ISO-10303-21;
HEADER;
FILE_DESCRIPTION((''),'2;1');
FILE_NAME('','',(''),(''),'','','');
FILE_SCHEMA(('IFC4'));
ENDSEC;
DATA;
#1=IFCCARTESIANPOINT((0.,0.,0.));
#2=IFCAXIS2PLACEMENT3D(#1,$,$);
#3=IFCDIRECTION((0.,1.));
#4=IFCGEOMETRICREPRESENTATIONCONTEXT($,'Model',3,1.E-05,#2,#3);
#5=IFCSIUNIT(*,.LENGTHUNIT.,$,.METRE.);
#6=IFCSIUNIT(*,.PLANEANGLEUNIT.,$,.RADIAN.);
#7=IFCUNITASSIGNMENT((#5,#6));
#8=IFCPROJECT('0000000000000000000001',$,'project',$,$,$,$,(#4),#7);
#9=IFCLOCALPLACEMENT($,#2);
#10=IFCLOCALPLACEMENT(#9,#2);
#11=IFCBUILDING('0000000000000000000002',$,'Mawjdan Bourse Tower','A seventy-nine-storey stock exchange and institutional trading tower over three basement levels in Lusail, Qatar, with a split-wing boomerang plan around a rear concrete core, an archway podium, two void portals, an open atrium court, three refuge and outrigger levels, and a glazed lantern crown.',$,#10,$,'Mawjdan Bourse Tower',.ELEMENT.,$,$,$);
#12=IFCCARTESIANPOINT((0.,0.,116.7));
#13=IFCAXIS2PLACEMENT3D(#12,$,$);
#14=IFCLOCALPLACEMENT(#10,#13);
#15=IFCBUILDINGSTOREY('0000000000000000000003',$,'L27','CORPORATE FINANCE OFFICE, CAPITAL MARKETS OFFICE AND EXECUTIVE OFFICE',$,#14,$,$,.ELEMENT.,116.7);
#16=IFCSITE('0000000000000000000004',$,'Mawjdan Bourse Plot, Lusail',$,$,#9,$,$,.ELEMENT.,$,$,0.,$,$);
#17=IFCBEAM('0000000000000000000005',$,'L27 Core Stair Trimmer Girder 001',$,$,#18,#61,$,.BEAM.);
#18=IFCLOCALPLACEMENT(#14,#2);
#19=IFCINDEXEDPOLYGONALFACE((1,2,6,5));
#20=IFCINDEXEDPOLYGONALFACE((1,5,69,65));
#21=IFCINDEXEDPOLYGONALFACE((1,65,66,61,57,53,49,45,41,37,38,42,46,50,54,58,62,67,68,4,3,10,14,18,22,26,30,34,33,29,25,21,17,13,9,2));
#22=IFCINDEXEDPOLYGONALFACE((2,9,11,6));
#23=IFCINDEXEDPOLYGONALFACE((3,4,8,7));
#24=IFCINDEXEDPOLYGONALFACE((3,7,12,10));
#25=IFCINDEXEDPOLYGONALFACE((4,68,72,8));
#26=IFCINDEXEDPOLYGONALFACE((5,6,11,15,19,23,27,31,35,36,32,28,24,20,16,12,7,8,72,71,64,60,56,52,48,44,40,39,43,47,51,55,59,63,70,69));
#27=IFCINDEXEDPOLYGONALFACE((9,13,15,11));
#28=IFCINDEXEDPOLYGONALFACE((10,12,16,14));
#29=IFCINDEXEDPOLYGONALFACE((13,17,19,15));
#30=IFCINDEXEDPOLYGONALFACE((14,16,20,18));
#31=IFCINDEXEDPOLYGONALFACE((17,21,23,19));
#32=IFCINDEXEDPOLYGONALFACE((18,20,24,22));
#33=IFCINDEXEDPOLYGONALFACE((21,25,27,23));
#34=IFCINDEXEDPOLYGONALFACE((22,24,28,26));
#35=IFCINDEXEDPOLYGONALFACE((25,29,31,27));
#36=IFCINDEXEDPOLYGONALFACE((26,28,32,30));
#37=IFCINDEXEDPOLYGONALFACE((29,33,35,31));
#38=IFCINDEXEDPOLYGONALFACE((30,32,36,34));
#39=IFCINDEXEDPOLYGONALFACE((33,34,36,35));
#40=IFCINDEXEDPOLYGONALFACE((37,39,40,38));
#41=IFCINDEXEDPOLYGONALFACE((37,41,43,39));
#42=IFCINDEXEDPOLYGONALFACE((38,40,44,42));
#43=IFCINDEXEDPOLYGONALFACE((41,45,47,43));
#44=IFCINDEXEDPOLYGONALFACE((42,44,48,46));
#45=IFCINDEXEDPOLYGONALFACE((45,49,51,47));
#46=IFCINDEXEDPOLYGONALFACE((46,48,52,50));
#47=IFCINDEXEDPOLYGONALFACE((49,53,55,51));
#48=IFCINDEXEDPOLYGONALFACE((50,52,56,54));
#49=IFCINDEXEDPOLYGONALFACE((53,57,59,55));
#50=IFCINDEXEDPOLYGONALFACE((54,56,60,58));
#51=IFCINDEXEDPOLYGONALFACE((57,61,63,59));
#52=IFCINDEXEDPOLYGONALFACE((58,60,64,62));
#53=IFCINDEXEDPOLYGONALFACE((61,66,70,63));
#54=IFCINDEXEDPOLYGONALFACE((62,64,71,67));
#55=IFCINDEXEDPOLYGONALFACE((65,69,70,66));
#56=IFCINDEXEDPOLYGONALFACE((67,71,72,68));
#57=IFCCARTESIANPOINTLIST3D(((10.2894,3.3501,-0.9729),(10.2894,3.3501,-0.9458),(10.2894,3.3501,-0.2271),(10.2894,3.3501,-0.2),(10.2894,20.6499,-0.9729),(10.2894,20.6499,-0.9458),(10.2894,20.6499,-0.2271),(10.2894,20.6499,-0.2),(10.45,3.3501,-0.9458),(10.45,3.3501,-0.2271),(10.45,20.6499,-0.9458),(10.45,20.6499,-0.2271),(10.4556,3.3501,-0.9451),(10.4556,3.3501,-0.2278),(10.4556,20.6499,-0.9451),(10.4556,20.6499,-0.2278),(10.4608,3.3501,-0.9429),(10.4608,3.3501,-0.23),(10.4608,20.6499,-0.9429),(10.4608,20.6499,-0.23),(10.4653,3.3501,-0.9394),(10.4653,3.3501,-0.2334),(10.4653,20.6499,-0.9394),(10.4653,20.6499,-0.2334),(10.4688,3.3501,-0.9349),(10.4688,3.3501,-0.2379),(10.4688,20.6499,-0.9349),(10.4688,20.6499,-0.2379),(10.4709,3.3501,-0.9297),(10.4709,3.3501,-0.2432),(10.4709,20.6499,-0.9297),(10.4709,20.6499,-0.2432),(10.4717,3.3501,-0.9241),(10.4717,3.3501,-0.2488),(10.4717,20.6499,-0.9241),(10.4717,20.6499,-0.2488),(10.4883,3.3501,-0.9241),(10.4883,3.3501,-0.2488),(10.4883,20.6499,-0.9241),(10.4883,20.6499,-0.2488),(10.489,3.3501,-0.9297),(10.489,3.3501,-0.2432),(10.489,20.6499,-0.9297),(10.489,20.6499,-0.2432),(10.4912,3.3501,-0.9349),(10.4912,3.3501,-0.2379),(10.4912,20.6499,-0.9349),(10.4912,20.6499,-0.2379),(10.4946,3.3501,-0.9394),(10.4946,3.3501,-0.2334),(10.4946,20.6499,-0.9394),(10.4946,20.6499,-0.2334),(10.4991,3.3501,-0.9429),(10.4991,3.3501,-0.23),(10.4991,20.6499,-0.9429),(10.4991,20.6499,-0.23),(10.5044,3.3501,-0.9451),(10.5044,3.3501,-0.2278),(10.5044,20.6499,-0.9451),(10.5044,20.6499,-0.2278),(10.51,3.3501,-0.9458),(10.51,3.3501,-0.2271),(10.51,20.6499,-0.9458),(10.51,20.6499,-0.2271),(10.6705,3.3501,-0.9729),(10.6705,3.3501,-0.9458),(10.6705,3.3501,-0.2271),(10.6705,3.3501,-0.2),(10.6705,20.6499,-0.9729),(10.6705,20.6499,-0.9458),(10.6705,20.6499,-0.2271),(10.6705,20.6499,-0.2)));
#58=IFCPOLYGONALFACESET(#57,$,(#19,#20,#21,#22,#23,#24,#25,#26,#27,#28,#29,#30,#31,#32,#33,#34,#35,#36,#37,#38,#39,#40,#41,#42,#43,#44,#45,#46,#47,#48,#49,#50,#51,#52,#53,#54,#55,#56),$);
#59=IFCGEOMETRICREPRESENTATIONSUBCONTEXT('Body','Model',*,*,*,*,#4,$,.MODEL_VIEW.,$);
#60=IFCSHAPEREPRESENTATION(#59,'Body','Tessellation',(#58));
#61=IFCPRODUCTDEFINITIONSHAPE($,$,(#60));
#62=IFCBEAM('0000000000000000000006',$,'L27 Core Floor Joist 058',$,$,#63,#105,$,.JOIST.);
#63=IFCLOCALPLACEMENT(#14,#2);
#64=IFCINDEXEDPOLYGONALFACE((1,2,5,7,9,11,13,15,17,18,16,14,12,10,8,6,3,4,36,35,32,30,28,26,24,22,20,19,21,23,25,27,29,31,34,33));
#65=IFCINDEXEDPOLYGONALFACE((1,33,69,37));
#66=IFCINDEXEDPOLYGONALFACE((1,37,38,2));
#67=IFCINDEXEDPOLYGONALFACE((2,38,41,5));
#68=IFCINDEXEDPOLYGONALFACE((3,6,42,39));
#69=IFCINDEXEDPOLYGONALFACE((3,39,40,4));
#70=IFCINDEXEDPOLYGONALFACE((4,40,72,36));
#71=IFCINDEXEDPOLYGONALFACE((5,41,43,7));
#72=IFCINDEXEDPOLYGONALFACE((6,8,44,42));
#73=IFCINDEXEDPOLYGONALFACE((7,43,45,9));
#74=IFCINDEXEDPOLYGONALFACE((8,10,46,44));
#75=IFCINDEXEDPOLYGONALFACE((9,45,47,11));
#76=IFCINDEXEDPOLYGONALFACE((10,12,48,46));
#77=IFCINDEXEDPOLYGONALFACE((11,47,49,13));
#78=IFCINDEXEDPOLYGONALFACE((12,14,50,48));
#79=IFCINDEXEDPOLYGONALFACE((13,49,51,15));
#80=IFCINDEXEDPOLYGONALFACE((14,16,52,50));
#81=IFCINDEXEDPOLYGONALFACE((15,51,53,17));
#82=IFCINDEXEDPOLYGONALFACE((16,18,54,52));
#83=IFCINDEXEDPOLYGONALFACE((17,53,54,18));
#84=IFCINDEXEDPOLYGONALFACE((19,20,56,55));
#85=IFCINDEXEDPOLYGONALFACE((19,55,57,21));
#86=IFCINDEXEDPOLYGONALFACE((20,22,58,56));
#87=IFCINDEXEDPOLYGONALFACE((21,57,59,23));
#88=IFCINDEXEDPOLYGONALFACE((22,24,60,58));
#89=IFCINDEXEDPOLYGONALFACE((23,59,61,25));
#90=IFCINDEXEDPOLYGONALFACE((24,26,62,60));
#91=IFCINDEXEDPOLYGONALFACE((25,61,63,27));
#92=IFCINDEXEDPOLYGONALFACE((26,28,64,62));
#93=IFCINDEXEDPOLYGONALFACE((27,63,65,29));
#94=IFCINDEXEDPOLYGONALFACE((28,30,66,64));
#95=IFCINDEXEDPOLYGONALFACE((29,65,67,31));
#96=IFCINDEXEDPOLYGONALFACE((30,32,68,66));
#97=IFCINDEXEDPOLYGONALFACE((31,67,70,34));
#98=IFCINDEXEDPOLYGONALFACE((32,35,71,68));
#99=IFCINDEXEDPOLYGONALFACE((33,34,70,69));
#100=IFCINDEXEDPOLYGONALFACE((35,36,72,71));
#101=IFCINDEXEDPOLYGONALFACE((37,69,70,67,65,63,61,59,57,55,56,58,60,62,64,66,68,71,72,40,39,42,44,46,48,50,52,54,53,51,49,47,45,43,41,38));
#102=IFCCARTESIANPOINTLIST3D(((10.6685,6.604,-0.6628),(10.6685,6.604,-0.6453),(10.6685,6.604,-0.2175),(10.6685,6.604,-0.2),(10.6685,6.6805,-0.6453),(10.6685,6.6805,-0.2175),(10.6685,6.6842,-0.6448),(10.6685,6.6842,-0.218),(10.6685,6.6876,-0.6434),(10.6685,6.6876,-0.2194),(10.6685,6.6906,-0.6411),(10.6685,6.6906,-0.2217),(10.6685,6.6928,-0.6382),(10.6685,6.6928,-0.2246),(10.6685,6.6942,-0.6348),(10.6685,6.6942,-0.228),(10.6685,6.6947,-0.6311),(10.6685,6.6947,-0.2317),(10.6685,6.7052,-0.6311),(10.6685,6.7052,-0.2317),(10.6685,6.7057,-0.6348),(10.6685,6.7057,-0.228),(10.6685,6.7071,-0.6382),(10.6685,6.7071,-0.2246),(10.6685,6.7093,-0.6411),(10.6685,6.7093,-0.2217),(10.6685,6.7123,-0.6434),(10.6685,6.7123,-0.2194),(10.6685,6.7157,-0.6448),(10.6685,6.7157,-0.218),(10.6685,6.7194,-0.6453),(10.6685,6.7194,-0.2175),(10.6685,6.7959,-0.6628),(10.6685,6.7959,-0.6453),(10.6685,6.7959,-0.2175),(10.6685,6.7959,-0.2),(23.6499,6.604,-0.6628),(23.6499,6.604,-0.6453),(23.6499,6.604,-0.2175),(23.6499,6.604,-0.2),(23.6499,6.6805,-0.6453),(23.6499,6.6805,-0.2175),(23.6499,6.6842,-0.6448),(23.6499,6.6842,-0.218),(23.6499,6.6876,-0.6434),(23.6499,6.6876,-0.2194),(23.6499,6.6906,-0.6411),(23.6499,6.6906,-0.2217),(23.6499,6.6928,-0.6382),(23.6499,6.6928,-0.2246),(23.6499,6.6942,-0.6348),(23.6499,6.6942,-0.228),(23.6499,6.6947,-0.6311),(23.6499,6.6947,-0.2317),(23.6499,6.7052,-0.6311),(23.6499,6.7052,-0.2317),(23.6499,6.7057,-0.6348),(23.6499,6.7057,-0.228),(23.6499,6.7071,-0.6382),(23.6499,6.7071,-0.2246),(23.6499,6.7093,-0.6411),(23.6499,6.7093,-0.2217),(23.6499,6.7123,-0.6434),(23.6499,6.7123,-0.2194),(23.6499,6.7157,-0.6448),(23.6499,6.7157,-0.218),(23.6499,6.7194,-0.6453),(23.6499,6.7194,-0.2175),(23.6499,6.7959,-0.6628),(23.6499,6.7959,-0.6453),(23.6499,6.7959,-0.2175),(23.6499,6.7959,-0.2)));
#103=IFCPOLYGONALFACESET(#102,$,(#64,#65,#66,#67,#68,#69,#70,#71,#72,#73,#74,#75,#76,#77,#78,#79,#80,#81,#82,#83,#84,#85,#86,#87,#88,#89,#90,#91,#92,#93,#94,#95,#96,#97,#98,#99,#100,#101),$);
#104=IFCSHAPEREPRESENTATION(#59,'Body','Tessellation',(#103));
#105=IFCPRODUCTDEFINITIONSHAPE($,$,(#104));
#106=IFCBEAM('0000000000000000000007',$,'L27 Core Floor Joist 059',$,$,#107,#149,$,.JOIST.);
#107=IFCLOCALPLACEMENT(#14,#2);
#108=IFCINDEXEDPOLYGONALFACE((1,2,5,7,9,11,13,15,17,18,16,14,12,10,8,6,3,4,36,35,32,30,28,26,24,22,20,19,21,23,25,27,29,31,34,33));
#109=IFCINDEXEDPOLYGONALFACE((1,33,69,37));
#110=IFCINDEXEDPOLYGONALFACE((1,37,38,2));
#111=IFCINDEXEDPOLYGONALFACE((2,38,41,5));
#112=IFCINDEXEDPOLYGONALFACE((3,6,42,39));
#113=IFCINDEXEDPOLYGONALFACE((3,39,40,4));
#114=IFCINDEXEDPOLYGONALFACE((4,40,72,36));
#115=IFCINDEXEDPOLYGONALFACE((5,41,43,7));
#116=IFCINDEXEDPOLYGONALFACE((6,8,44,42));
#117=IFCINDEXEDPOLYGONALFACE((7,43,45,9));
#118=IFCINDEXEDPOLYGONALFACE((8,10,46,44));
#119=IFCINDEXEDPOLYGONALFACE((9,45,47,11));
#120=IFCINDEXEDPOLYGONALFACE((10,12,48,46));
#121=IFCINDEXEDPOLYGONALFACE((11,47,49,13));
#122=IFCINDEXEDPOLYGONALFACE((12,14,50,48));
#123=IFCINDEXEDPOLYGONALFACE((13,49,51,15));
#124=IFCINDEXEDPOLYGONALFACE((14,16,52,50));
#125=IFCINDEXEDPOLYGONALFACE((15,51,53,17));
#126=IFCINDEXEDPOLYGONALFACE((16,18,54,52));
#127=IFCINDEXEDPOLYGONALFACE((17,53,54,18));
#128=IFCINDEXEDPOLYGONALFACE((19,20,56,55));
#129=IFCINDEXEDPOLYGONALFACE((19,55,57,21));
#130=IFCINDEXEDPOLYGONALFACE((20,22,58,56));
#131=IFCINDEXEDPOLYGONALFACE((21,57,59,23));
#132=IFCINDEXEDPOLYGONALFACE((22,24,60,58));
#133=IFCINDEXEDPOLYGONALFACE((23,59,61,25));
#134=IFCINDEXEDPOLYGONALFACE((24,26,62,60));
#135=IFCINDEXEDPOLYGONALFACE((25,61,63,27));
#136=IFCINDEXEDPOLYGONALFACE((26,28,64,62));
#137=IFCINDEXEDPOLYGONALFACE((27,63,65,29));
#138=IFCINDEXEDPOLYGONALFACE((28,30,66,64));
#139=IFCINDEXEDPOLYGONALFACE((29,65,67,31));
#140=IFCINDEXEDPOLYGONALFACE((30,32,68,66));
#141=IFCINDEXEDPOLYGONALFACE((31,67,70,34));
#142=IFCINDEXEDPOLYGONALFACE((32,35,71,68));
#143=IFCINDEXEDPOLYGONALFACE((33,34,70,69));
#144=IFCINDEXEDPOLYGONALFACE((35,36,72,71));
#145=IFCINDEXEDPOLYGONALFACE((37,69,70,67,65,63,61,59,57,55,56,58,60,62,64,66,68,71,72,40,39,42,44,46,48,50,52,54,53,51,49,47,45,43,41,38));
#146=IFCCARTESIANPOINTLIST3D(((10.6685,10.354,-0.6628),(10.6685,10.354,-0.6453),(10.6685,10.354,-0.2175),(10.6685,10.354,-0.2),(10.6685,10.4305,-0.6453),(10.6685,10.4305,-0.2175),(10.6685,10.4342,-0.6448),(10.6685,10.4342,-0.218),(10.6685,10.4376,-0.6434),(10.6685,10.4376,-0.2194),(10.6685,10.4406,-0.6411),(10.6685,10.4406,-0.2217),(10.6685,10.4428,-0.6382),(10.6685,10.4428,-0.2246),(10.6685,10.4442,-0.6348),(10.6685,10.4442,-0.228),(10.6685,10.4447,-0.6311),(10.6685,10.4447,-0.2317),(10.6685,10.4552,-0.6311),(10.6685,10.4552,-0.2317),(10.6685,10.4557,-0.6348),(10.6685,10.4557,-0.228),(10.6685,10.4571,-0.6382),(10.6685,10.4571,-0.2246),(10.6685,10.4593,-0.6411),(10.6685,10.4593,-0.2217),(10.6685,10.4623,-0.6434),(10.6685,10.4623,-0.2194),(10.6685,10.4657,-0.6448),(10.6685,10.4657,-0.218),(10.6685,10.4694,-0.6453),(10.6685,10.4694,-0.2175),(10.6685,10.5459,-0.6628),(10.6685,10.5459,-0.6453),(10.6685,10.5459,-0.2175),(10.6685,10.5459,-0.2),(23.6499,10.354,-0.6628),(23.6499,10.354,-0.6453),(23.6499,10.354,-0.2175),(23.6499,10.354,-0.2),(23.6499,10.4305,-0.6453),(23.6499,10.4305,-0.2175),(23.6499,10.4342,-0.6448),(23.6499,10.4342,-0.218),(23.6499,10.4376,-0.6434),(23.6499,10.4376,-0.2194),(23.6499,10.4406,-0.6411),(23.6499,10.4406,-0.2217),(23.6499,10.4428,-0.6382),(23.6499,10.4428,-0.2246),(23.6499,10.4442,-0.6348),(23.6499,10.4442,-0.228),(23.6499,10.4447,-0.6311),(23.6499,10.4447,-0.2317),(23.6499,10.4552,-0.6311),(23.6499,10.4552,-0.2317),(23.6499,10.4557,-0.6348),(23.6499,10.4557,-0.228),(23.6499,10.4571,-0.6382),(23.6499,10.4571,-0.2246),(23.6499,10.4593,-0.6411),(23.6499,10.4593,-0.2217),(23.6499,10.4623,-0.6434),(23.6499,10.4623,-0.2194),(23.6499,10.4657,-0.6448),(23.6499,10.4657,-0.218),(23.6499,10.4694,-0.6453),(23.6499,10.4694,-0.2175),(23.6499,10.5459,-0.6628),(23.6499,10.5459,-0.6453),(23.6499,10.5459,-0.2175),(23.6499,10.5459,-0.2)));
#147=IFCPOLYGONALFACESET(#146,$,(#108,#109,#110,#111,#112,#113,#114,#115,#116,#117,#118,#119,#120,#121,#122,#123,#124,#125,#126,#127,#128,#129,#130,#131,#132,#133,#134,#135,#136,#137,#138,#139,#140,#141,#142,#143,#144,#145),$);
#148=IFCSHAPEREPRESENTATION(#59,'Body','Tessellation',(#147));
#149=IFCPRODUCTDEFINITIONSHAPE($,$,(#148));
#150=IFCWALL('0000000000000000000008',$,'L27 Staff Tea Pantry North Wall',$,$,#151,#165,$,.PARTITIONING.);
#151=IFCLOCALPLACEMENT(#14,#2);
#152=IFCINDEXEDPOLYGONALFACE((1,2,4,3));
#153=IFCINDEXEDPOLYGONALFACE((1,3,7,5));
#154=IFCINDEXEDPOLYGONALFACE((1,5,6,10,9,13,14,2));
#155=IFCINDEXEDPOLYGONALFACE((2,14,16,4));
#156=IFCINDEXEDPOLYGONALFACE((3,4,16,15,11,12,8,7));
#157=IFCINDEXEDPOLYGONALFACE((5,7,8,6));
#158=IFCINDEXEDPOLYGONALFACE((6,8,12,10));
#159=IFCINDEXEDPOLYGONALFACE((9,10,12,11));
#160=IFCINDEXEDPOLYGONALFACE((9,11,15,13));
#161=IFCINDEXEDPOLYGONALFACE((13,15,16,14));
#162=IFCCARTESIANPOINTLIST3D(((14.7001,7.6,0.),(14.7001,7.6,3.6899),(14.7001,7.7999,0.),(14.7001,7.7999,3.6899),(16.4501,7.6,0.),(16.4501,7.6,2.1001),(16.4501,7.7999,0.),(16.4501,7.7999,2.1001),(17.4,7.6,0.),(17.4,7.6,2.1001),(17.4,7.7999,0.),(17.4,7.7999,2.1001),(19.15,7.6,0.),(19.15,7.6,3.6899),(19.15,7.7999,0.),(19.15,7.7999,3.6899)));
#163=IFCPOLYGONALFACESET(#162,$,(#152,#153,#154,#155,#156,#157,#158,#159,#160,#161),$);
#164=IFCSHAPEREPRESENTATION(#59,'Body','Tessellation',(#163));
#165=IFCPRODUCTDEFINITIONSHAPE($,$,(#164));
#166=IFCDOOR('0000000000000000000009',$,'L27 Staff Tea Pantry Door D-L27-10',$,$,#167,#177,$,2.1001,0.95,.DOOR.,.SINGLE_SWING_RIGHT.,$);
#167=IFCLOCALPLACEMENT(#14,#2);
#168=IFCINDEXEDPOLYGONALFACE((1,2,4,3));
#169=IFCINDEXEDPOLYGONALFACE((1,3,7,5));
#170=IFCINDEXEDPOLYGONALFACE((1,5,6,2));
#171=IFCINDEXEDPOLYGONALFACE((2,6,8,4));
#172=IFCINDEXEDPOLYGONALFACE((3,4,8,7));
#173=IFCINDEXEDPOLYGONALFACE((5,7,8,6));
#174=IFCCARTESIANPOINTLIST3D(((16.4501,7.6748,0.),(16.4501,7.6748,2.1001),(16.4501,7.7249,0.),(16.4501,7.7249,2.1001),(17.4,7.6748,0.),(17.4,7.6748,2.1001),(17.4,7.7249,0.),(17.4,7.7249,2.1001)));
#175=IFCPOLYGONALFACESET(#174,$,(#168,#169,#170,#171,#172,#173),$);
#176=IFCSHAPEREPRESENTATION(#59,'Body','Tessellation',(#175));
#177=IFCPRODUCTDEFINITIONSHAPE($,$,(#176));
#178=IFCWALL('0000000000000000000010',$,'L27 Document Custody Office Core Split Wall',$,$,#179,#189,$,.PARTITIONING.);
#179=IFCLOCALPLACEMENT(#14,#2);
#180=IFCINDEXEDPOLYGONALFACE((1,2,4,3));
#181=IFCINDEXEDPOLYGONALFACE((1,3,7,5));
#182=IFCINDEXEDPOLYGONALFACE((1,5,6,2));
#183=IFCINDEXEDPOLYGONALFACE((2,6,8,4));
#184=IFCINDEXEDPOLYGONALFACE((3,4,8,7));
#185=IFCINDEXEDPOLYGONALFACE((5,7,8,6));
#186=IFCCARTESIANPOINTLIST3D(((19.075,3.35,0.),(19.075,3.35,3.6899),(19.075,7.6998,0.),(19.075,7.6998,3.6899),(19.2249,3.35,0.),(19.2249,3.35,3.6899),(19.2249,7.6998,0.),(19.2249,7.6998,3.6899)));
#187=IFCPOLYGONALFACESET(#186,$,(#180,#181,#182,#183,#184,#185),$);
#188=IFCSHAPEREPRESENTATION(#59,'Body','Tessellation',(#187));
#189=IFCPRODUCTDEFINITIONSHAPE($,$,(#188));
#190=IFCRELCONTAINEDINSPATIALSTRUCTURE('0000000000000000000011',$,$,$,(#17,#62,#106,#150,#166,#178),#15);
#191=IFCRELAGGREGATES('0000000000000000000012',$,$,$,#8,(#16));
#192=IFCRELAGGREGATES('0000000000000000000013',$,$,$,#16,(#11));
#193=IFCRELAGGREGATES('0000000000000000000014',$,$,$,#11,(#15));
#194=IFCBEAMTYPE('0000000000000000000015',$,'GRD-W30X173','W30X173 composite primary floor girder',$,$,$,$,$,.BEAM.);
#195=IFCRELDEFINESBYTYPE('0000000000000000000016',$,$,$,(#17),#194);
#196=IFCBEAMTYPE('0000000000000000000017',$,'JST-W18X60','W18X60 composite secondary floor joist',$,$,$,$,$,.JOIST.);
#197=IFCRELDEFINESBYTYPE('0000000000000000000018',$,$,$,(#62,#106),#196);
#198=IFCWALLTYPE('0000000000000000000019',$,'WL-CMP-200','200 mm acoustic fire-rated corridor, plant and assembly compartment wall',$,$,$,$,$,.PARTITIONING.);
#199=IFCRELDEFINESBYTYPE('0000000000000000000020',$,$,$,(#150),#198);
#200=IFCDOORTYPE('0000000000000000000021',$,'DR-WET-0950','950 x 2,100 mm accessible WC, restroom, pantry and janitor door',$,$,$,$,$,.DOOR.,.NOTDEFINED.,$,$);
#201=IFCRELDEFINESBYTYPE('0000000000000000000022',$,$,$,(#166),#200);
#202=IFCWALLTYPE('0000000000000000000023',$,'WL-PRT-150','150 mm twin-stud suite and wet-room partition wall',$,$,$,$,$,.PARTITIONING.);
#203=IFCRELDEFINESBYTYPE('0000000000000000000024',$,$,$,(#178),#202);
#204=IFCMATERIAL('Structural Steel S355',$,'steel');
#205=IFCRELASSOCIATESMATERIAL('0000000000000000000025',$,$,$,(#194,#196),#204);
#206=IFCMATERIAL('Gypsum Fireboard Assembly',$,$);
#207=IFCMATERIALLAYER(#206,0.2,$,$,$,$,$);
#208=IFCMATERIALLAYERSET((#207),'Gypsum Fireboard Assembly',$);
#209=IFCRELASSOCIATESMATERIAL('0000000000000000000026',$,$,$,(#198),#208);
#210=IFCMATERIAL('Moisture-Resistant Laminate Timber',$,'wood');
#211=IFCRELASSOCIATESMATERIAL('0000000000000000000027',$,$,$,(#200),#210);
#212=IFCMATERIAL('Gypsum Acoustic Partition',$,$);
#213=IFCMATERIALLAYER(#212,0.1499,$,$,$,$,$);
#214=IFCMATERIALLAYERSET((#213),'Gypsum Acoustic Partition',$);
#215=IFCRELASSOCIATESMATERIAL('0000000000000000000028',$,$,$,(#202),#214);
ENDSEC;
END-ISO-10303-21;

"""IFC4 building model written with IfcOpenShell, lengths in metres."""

from ifc_helpers import new_model, si_unit, direction, frame, frame_2d, origin, origin_2d, place, context, subcontext, project, spatial, rectangle, i_section, extrude, material, layer, layer_set, material_profile, profile_set, type_object, element, fill, save


model = new_model("IFC4")

# Units and contexts
model_context = context("Model", 3, precision=1e-05, world=origin(), true_north=direction((0.0, 1.0)))
body_context = subcontext(model_context, "Body", "Model", "MODEL_VIEW")
ifc_project = project(units=[si_unit("LENGTHUNIT", "METRE"), si_unit("PLANEANGLEUNIT", "RADIAN")], contexts=[model_context])

# Site, building, storey
site_placement = place(None, origin())
site = spatial("IfcSite", under=ifc_project, at=site_placement, Name="Mawjdan Bourse Plot, Lusail", CompositionType="ELEMENT", RefElevation=0.0)
building_placement = place(site_placement, origin())
building = spatial("IfcBuilding", under=site, at=building_placement, Name="Mawjdan Bourse Tower", Description="A seventy-nine-storey stock exchange and institutional trading tower over three basement levels in Lusail, Qatar, with a split-wing boomerang plan around a rear concrete core, an archway podium, two void portals, an open atrium court, three refuge and outrigger levels, and a glazed lantern crown.", LongName="Mawjdan Bourse Tower", CompositionType="ELEMENT")
storey_placement = place(building_placement, frame((0.0, 0.0, 116.7)))
storey = spatial("IfcBuildingStorey", under=building, at=storey_placement, Name="L27", Description="CORPORATE FINANCE OFFICE, CAPITAL MARKETS OFFICE AND EXECUTIVE OFFICE", CompositionType="ELEMENT", Elevation=116.7)

# Beams
ifc_material_1 = material(Name="Structural Steel S355", Category="steel")
ifc_material_profile_1 = material_profile(ifc_material_1, i_section(OverallWidth=0.3811, OverallDepth=0.7729, WebThickness=0.0166, FlangeThickness=0.0271, FilletRadius=0.0217, at=origin_2d()), Name="W30X173")
ifc_profile_set_1 = profile_set([ifc_material_profile_1], Name="Structural Steel S355")
beam_type_1 = type_object("IfcBeamType", Name="GRD-W30X173", Description="W30X173 composite primary floor girder", PredefinedType="BEAM", material=ifc_profile_set_1)
beam_placement = place(storey_placement, frame((10.48, 3.3501, -0.5864), z_axis=(0.0, 1.0, 0.0), x_axis=(-1.0, 0.0, 0.0)))
element("IfcBeam", 1, at=beam_placement, inside=storey, type_object=beam_type_1, Name="L27 Core Stair Trimmer Girder 001", PredefinedType="BEAM", context=body_context, shape_type="SweptSolid", body=[
    extrude(i_section(OverallWidth=0.3811, OverallDepth=0.7729, WebThickness=0.0166, FlangeThickness=0.0271, FilletRadius=0.0217, at=origin_2d()), origin(), (0.0, 0.0, 1.0), 17.2998),
])
ifc_material_profile_2 = material_profile(ifc_material_1, i_section(OverallWidth=0.1919, OverallDepth=0.4629, WebThickness=0.0105, FlangeThickness=0.0176, FilletRadius=0.0142, at=origin_2d()), Name="W18X60")
ifc_profile_set_2 = profile_set([ifc_material_profile_2], Name="Structural Steel S355")
beam_type_2 = type_object("IfcBeamType", Name="JST-W18X60", Description="W18X60 composite secondary floor joist", PredefinedType="JOIST", material=ifc_profile_set_2)
for number, where, z_axis, x_axis, name in (
    (2, (10.6685, 6.7, -0.4314), (1.0, 0.0, 0.0), (0.0, 1.0, 0.0), "L27 Core Floor Joist 058"),
    (3, (10.6685, 10.45, -0.4314), (1.0, 0.0, 0.0), (0.0, 1.0, 0.0), "L27 Core Floor Joist 059"),
):
    element("IfcBeam", number, at=place(storey_placement, frame(where, z_axis=z_axis, x_axis=x_axis)), inside=storey, type_object=beam_type_2, Name=name, PredefinedType="JOIST", context=body_context, shape_type="SweptSolid", body=[
        extrude(i_section(OverallWidth=0.1919, OverallDepth=0.4629, WebThickness=0.0105, FlangeThickness=0.0176, FilletRadius=0.0142, at=origin_2d()), origin(), (0.0, 0.0, 1.0), 12.9814),
    ])

# Wall, opening, door
ifc_material_2 = material(Name="Gypsum Fireboard Assembly")
ifc_layer_1 = layer(ifc_material_2, 0.2)
ifc_layer_set_1 = layer_set([ifc_layer_1], Name="Gypsum Fireboard Assembly")
wall_type_1 = type_object("IfcWallType", Name="WL-CMP-200", Description="200 mm acoustic fire-rated corridor, plant and assembly compartment wall", PredefinedType="PARTITIONING", material=ifc_layer_set_1)
wall_1_placement = place(storey_placement, frame((14.7, 7.7, 0.0), z_axis=(0.0, 0.0, 1.0), x_axis=(1.0, 0.0, 0.0)))
wall_1 = element("IfcWall", 4, at=wall_1_placement, inside=storey, type_object=wall_type_1, Name="L27 Staff Tea Pantry North Wall", PredefinedType="PARTITIONING", context=body_context, shape_type="SweptSolid", body=[
    extrude(rectangle(XDim=4.45, YDim=0.2, at=frame_2d((2.2251, 0.0))), origin(), (0.0, 0.0, 1.0), 3.6899),
])
opening_1_placement = place(wall_1_placement, frame((1.75, 0.0, 0.0)))
opening_1 = element("IfcOpeningElement", 5, at=opening_1_placement, cuts=wall_1, PredefinedType="OPENING", context=body_context, shape_type="SweptSolid", body=[
    extrude(rectangle(XDim=0.95, YDim=2.1001, at=frame_2d((0.4751, 1.05))), frame((0.0, 0.1099, 0.0), z_axis=(0.0, -1.0, 0.0), x_axis=(1.0, 0.0, 0.0)), (0.0, 0.0, 1.0), 0.22),
])
ifc_material_3 = material(Name="Moisture-Resistant Laminate Timber", Category="wood")
door_type_1 = type_object("IfcDoorType", Name="DR-WET-0950", Description="950 x 2,100 mm accessible WC, restroom, pantry and janitor door", OperationType="NOTDEFINED", PredefinedType="DOOR", material=ifc_material_3)
door_1_placement = place(opening_1_placement, origin())
door_1 = element("IfcDoor", 6, at=door_1_placement, inside=storey, type_object=door_type_1, Name="L27 Staff Tea Pantry Door D-L27-10", OperationType="SINGLE_SWING_RIGHT", OverallHeight=2.1001, OverallWidth=0.95, PredefinedType="DOOR", context=body_context, shape_type="SweptSolid", body=[
    extrude(rectangle(XDim=0.95, YDim=2.1001, at=frame_2d((0.4751, 1.05))), frame((0.0, 0.0249, 0.0), z_axis=(0.0, -1.0, 0.0), x_axis=(1.0, 0.0, 0.0)), (0.0, 0.0, 1.0), 0.05),
])
fill(opening_1, door_1)

# Wall
ifc_material_4 = material(Name="Gypsum Acoustic Partition")
ifc_layer_2 = layer(ifc_material_4, 0.1499)
ifc_layer_set_2 = layer_set([ifc_layer_2], Name="Gypsum Acoustic Partition")
wall_type_2 = type_object("IfcWallType", Name="WL-PRT-150", Description="150 mm twin-stud suite and wet-room partition wall", PredefinedType="PARTITIONING", material=ifc_layer_set_2)
wall_2_placement = place(storey_placement, frame((19.1499, 3.3501, 0.0), z_axis=(0.0, 0.0, 1.0), x_axis=(0.0, 1.0, 0.0)))
element("IfcWall", 7, at=wall_2_placement, inside=storey, type_object=wall_type_2, Name="L27 Document Custody Office Core Split Wall", PredefinedType="PARTITIONING", context=body_context, shape_type="SweptSolid", body=[
    extrude(rectangle(XDim=4.3499, YDim=0.1499, at=frame_2d((2.1748, 0.0))), origin(), (0.0, 0.0, 1.0), 3.6899),
])

save(model, "model.ifc")
